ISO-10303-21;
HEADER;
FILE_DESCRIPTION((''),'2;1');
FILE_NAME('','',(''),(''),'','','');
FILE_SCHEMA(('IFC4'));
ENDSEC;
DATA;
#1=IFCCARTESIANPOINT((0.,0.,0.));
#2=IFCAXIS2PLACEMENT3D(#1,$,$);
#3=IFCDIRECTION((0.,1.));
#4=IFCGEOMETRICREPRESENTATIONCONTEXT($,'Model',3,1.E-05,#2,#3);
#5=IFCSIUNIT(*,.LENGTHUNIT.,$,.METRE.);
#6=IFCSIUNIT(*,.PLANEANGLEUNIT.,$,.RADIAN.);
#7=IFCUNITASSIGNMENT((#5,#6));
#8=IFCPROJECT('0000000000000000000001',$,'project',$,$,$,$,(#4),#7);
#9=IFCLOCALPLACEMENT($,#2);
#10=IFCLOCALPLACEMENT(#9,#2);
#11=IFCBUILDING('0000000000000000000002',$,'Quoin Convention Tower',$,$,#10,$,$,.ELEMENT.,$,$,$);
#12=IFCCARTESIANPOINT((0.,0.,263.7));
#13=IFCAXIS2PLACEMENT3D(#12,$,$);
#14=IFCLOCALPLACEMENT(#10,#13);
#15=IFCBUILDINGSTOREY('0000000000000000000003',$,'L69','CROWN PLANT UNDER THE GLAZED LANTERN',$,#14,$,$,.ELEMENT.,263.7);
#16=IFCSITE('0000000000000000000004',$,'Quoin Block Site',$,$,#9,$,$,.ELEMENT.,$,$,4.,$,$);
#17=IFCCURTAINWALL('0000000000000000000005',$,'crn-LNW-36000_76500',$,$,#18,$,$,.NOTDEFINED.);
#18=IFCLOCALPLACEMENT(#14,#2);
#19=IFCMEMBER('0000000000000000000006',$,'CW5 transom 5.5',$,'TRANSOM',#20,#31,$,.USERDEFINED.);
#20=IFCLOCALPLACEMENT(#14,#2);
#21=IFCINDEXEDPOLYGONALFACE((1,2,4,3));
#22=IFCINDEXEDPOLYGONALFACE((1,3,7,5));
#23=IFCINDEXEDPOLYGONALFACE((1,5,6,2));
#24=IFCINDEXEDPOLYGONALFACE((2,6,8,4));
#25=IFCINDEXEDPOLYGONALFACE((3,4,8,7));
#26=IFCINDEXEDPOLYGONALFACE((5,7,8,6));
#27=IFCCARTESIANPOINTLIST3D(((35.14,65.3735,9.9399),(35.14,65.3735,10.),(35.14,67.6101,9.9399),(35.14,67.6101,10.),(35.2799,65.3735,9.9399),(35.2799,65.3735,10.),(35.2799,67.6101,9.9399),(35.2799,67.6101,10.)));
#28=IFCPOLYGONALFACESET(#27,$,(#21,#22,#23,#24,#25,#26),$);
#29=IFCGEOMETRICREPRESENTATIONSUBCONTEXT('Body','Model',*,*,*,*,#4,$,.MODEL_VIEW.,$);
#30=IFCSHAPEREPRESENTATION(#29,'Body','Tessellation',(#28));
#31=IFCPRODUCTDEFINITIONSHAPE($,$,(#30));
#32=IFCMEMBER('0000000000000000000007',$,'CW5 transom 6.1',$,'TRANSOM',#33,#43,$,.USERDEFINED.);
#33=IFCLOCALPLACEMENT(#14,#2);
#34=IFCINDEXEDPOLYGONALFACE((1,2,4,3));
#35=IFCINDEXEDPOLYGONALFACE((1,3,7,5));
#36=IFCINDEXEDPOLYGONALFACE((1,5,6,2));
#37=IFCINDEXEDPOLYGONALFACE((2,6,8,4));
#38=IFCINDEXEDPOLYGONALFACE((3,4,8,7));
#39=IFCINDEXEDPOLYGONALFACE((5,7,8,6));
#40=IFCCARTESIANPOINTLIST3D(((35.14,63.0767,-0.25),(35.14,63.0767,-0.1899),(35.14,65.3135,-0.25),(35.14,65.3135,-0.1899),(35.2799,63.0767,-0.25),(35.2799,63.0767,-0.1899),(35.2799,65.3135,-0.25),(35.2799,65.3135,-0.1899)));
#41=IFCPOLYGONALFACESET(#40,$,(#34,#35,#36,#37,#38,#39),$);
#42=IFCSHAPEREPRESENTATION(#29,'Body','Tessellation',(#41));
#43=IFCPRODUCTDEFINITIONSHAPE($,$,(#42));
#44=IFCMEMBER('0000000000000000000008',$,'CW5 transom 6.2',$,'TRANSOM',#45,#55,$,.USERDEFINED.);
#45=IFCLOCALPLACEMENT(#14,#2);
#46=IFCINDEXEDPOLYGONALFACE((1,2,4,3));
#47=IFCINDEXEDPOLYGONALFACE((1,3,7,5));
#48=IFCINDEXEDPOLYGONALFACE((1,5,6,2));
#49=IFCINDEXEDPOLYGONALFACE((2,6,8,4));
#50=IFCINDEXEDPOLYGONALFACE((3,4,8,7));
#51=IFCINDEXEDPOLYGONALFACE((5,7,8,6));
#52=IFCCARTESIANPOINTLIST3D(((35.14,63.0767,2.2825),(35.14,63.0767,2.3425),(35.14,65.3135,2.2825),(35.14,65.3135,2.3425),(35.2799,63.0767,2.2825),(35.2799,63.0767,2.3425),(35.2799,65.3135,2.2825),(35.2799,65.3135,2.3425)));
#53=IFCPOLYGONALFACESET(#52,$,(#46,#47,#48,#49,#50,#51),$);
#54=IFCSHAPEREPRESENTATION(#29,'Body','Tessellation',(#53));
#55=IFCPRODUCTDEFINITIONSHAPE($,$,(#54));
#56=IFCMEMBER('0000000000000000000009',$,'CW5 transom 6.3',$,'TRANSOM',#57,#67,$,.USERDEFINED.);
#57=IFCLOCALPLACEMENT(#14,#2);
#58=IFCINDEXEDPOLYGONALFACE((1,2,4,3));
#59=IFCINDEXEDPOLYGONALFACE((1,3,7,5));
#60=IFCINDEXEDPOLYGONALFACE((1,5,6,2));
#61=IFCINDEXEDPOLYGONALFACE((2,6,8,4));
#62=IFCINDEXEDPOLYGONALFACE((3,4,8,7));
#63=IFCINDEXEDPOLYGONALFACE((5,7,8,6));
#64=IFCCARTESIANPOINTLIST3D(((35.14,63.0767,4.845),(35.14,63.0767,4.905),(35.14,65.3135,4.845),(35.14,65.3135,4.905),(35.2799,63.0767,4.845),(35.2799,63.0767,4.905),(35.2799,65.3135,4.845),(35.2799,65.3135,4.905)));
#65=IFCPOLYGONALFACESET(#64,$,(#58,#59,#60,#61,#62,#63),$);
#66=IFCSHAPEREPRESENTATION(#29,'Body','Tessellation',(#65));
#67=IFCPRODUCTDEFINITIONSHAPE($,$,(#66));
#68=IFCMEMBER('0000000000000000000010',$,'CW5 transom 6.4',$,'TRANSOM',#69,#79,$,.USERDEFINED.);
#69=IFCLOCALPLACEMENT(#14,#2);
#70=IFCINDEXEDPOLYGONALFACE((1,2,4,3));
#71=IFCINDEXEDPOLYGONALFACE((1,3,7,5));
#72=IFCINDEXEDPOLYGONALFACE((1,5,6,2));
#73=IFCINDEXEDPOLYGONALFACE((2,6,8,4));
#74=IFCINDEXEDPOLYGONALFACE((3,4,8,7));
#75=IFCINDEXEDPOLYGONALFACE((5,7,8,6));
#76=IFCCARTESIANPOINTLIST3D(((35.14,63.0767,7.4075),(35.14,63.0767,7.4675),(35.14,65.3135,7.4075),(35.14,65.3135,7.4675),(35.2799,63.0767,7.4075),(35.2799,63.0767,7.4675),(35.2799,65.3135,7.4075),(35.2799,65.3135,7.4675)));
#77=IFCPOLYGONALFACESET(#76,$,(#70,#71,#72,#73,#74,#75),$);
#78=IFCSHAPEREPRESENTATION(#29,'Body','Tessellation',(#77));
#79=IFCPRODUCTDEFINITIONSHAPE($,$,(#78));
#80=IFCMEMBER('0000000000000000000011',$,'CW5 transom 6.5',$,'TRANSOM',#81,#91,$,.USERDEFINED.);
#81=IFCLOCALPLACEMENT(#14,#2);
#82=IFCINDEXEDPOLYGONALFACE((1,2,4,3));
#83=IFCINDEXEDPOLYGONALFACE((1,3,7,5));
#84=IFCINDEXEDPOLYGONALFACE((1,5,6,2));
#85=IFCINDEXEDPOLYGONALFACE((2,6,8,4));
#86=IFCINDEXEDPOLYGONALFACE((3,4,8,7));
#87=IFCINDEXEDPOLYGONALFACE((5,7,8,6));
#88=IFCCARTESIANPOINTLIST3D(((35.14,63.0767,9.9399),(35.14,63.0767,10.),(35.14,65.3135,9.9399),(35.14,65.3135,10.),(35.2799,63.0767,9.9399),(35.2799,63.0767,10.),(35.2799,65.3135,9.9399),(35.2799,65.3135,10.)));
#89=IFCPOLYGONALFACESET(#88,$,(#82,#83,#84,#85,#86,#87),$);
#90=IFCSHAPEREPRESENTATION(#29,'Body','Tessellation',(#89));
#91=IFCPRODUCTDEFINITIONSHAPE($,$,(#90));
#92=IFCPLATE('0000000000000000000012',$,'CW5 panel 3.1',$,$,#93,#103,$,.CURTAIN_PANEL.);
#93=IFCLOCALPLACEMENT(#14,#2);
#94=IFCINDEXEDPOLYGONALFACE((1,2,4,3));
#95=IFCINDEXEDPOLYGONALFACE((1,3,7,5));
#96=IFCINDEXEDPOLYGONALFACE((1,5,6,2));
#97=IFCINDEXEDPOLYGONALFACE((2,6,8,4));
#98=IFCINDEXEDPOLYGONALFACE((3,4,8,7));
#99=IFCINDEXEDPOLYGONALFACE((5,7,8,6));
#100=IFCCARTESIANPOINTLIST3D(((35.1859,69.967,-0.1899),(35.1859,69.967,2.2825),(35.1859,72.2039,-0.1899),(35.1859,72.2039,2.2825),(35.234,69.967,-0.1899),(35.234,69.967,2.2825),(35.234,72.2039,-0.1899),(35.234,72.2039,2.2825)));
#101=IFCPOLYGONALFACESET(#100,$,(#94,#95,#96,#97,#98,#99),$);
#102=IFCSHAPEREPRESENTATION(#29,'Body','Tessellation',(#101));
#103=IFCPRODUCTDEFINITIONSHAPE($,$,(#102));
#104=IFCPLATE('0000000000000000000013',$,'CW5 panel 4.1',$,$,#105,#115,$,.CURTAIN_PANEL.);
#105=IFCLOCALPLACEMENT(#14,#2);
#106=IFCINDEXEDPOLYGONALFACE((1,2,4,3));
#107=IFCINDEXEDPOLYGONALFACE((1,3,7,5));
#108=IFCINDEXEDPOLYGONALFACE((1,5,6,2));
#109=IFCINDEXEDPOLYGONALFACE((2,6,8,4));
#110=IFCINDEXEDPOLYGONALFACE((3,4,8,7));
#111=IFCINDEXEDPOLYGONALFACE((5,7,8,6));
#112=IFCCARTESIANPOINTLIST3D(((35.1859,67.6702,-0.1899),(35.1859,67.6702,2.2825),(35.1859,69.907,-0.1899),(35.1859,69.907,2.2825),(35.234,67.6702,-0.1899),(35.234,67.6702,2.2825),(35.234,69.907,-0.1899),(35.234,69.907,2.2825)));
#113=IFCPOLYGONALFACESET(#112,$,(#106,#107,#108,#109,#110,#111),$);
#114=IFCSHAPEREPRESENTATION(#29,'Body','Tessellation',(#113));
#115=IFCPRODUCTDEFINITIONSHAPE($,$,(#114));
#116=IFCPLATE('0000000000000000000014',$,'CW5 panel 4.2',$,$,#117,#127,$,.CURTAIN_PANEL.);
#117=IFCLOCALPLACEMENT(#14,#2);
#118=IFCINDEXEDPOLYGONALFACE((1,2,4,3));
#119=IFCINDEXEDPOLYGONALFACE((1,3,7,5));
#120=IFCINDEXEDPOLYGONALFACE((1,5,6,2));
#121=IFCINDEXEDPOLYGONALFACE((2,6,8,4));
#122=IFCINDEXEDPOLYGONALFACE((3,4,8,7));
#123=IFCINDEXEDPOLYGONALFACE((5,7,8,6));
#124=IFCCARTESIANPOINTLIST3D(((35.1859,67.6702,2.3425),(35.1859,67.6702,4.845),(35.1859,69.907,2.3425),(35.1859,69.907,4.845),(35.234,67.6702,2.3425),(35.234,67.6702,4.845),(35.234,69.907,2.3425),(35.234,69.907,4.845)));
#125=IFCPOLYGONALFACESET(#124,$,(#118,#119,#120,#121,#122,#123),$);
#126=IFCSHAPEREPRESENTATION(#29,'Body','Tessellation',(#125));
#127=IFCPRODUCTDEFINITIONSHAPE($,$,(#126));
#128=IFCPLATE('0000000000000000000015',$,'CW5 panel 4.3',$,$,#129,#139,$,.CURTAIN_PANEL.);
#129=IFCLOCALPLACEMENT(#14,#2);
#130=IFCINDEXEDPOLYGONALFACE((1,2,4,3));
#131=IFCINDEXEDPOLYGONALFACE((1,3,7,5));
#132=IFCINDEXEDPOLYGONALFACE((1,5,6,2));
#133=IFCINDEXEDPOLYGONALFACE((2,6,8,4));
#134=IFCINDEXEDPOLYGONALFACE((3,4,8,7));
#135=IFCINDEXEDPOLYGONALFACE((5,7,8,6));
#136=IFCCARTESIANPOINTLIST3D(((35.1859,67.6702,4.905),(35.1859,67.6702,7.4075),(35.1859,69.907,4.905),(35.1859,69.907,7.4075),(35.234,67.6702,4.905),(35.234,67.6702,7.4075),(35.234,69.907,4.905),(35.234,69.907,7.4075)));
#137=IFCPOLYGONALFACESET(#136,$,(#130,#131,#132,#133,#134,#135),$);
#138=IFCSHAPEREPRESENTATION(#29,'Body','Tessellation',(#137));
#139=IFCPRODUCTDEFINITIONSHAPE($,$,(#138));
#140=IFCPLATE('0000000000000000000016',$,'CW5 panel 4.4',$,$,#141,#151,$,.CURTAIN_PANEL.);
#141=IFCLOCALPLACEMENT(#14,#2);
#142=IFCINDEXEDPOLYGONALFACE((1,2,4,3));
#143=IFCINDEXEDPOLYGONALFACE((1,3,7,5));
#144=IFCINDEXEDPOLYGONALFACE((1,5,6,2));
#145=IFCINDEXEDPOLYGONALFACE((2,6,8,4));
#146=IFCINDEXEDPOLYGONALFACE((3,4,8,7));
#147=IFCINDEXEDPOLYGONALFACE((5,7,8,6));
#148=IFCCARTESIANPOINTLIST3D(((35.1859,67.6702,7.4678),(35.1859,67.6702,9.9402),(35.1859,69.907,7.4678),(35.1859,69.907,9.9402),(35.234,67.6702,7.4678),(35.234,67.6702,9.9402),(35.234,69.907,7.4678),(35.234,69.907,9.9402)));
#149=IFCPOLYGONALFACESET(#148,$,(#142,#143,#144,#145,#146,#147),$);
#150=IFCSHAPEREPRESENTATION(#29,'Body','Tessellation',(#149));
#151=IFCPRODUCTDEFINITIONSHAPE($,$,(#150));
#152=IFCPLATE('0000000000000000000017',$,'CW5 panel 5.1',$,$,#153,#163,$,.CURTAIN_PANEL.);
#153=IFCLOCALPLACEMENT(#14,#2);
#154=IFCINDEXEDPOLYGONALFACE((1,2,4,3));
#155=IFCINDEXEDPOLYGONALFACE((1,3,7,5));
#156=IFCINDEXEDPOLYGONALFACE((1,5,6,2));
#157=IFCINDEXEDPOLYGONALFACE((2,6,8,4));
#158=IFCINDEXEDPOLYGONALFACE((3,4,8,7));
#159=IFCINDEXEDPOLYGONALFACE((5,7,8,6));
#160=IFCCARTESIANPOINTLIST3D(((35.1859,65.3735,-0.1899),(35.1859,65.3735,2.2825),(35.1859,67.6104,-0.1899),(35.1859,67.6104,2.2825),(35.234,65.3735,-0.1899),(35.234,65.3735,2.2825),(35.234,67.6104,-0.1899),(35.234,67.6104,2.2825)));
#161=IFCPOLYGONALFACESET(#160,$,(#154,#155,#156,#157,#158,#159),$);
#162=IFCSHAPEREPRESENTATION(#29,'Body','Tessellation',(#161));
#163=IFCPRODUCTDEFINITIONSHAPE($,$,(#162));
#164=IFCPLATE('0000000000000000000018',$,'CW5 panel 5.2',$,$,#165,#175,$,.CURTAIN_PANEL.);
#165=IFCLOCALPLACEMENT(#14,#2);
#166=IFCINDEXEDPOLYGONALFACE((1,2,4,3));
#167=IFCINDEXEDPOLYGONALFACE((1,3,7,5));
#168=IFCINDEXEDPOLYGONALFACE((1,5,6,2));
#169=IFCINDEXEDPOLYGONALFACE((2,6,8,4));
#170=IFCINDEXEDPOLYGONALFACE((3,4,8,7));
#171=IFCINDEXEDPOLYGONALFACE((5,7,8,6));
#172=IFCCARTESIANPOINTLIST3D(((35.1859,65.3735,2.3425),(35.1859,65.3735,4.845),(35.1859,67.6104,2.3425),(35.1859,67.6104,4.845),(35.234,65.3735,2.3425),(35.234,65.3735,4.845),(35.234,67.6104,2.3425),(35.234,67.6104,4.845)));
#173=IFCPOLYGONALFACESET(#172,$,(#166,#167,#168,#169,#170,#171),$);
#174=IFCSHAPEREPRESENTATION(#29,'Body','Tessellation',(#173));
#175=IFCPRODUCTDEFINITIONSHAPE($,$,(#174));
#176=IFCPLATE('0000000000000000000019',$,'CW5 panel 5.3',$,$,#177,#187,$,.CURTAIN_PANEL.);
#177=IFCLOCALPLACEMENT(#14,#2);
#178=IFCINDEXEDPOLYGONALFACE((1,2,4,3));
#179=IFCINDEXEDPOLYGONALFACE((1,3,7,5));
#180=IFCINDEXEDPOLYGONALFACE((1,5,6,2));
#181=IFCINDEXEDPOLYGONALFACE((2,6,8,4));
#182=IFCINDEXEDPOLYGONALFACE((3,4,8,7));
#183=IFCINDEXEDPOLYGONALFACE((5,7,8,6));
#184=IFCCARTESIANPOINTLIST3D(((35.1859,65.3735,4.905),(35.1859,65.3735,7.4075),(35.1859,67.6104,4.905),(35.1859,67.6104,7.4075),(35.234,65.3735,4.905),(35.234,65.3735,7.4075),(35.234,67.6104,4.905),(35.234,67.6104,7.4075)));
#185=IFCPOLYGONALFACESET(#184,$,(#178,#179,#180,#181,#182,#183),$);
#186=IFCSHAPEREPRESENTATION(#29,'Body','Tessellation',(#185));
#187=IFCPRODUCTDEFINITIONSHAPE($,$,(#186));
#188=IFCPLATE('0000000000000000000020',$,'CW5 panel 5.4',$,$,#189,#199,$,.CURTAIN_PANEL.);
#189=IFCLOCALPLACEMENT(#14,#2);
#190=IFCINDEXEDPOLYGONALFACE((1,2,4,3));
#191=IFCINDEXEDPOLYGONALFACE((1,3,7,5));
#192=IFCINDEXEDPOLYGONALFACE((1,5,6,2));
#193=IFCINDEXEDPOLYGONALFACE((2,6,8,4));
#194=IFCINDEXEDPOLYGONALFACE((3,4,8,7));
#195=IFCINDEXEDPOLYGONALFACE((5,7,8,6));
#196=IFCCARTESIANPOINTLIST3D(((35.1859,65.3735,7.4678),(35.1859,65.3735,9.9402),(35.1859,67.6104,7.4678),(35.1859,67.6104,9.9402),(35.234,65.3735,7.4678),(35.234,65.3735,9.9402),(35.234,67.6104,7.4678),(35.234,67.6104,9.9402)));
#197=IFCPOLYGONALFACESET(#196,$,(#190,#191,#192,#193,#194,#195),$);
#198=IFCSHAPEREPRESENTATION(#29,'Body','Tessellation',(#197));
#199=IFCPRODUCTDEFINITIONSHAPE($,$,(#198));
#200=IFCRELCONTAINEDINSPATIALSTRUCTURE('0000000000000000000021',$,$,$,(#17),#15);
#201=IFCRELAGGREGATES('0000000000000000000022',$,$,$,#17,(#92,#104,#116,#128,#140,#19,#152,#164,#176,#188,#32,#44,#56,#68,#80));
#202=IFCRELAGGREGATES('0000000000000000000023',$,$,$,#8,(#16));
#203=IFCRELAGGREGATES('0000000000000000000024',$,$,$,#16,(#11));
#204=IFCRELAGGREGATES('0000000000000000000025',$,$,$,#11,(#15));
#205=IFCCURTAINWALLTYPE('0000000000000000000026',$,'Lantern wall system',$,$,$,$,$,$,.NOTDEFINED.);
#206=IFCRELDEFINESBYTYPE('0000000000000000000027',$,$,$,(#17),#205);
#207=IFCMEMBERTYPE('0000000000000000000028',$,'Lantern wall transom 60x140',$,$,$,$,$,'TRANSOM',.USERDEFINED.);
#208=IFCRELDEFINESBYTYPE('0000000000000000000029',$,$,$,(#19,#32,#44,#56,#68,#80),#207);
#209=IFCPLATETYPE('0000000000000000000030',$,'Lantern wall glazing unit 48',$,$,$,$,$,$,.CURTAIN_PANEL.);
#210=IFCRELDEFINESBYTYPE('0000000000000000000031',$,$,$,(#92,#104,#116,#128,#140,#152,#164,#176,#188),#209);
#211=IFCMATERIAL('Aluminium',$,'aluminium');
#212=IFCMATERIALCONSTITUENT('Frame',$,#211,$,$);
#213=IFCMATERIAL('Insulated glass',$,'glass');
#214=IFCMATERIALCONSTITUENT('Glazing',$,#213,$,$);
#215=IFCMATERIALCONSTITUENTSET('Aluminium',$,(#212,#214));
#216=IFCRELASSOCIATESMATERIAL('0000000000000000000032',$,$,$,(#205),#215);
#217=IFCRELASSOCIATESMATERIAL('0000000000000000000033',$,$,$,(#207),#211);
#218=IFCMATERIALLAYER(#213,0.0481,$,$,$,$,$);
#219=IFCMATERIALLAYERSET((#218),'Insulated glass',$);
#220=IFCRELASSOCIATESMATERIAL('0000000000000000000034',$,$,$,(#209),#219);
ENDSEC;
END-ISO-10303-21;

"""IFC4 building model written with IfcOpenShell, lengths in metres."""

from ifc_helpers import new_model, si_unit, direction, frame, origin, origin_2d, place, context, subcontext, project, spatial, rectangle, extrude, material, layer, layer_set, constituent, constituent_set, material_profile, profile_set, type_object, element, aggregate, save


model = new_model("IFC4")

# Units and contexts
model_context = context("Model", 3, precision=1e-05, world=origin(), true_north=direction((0.0, 1.0)))
body_context = subcontext(model_context, "Body", "Model", "MODEL_VIEW")
ifc_project = project(units=[si_unit("LENGTHUNIT", "METRE"), si_unit("PLANEANGLEUNIT", "RADIAN")], contexts=[model_context])

# Site, building, storey
site_placement = place(None, origin())
site = spatial("IfcSite", under=ifc_project, at=site_placement, Name="Quoin Block Site", CompositionType="ELEMENT", RefElevation=4.0)
building_placement = place(site_placement, origin())
building = spatial("IfcBuilding", under=site, at=building_placement, Name="Quoin Convention Tower", CompositionType="ELEMENT")
storey_placement = place(building_placement, frame((0.0, 0.0, 263.7)))
storey = spatial("IfcBuildingStorey", under=building, at=storey_placement, Name="L69", Description="CROWN PLANT UNDER THE GLAZED LANTERN", CompositionType="ELEMENT", Elevation=263.7)

# Curtain wall, members, plates
ifc_material_1 = material(Name="Aluminium", Category="aluminium")
ifc_constituent_1 = constituent(ifc_material_1, Name="Frame")
ifc_material_2 = material(Name="Insulated glass", Category="glass")
ifc_constituent_2 = constituent(ifc_material_2, Name="Glazing")
ifc_constituent_set = constituent_set(constituents=[ifc_constituent_1, ifc_constituent_2], Name="Aluminium")
curtain_wall_type = type_object("IfcCurtainWallType", Name="Lantern wall system", PredefinedType="NOTDEFINED", material=ifc_constituent_set)
curtain_wall_placement = place(storey_placement, origin())
curtain_wall = element("IfcCurtainWall", 1, at=curtain_wall_placement, inside=storey, type_object=curtain_wall_type, Name="crn-LNW-36000_76500", PredefinedType="NOTDEFINED")
ifc_material_profile_1 = material_profile(ifc_material_1, rectangle(XDim=0.1399, YDim=0.0601, at=origin_2d()), Name="Lantern wall transom 60x140")
ifc_profile_set_1 = profile_set([ifc_material_profile_1], Name="Aluminium")
member_type_1 = type_object("IfcMemberType", Name="Lantern wall transom 60x140", ElementType="TRANSOM", PredefinedType="USERDEFINED", material=ifc_profile_set_1)
member_1_placement = place(storey_placement, frame((35.21, 67.6101, 9.97), z_axis=(0.0, -1.0, 0.0), x_axis=(1.0, 0.0, 0.0)))
member_1 = element("IfcMember", 2, at=member_1_placement, type_object=member_type_1, Name="CW5 transom 5.5", ObjectType="TRANSOM", PredefinedType="USERDEFINED", context=body_context, shape_type="SweptSolid", body=[
    extrude(rectangle(XDim=0.1399, YDim=0.0601, at=origin_2d()), origin(), (0.0, 0.0, 1.0), 2.2366),
])
member_2_placement = place(storey_placement, frame((35.21, 65.3135, -0.22), z_axis=(0.0, -1.0, 0.0), x_axis=(1.0, 0.0, 0.0)))
member_2 = element("IfcMember", 3, at=member_2_placement, type_object=member_type_1, Name="CW5 transom 6.1", ObjectType="TRANSOM", PredefinedType="USERDEFINED", context=body_context, shape_type="SweptSolid", body=[
    extrude(rectangle(XDim=0.1399, YDim=0.0601, at=origin_2d()), origin(), (0.0, 0.0, 1.0), 2.2368),
])
member_3_placement = place(storey_placement, frame((35.21, 65.3135, 2.3125), z_axis=(0.0, -1.0, 0.0), x_axis=(1.0, 0.0, 0.0)))
member_3 = element("IfcMember", 4, at=member_3_placement, type_object=member_type_1, Name="CW5 transom 6.2", ObjectType="TRANSOM", PredefinedType="USERDEFINED", context=body_context, shape_type="SweptSolid", body=[
    extrude(rectangle(XDim=0.1399, YDim=0.0601, at=origin_2d()), origin(), (0.0, 0.0, 1.0), 2.2368),
])
member_4_placement = place(storey_placement, frame((35.21, 65.3135, 4.875), z_axis=(0.0, -1.0, 0.0), x_axis=(1.0, 0.0, 0.0)))
member_4 = element("IfcMember", 5, at=member_4_placement, type_object=member_type_1, Name="CW5 transom 6.3", ObjectType="TRANSOM", PredefinedType="USERDEFINED", context=body_context, shape_type="SweptSolid", body=[
    extrude(rectangle(XDim=0.1399, YDim=0.0601, at=origin_2d()), origin(), (0.0, 0.0, 1.0), 2.2368),
])
member_5_placement = place(storey_placement, frame((35.21, 65.3135, 7.4375), z_axis=(0.0, -1.0, 0.0), x_axis=(1.0, 0.0, 0.0)))
member_5 = element("IfcMember", 6, at=member_5_placement, type_object=member_type_1, Name="CW5 transom 6.4", ObjectType="TRANSOM", PredefinedType="USERDEFINED", context=body_context, shape_type="SweptSolid", body=[
    extrude(rectangle(XDim=0.1399, YDim=0.0601, at=origin_2d()), origin(), (0.0, 0.0, 1.0), 2.2368),
])
member_6_placement = place(storey_placement, frame((35.21, 65.3135, 9.97), z_axis=(0.0, -1.0, 0.0), x_axis=(1.0, 0.0, 0.0)))
member_6 = element("IfcMember", 7, at=member_6_placement, type_object=member_type_1, Name="CW5 transom 6.5", ObjectType="TRANSOM", PredefinedType="USERDEFINED", context=body_context, shape_type="SweptSolid", body=[
    extrude(rectangle(XDim=0.1399, YDim=0.0601, at=origin_2d()), origin(), (0.0, 0.0, 1.0), 2.2368),
])
ifc_layer = layer(ifc_material_2, 0.0481)
ifc_layer_set = layer_set([ifc_layer], Name="Insulated glass")
plate_type = type_object("IfcPlateType", Name="Lantern wall glazing unit 48", PredefinedType="CURTAIN_PANEL", material=ifc_layer_set)
plate_1_placement = place(storey_placement, frame((35.21, 71.0854, -0.1899), z_axis=(0.0, 0.0, 1.0), x_axis=(0.0, -1.0, 0.0)))
plate_1 = element("IfcPlate", 8, at=plate_1_placement, type_object=plate_type, Name="CW5 panel 3.1", PredefinedType="CURTAIN_PANEL", context=body_context, shape_type="SweptSolid", body=[
    extrude(rectangle(XDim=2.2368, YDim=0.0481, at=origin_2d()), origin(), (0.0, 0.0, 1.0), 2.4724),
])
plate_2_placement = place(storey_placement, frame((35.21, 68.7886, -0.1899), z_axis=(0.0, 0.0, 1.0), x_axis=(0.0, -1.0, 0.0)))
plate_2 = element("IfcPlate", 9, at=plate_2_placement, type_object=plate_type, Name="CW5 panel 4.1", PredefinedType="CURTAIN_PANEL", context=body_context, shape_type="SweptSolid", body=[
    extrude(rectangle(XDim=2.2368, YDim=0.0481, at=origin_2d()), origin(), (0.0, 0.0, 1.0), 2.4724),
])
plate_3_placement = place(storey_placement, frame((35.21, 68.7886, 2.3425), z_axis=(0.0, 0.0, 1.0), x_axis=(0.0, -1.0, 0.0)))
plate_3 = element("IfcPlate", 10, at=plate_3_placement, type_object=plate_type, Name="CW5 panel 4.2", PredefinedType="CURTAIN_PANEL", context=body_context, shape_type="SweptSolid", body=[
    extrude(rectangle(XDim=2.2368, YDim=0.0481, at=origin_2d()), origin(), (0.0, 0.0, 1.0), 2.5024),
])
plate_4_placement = place(storey_placement, frame((35.21, 68.7886, 4.905), z_axis=(0.0, 0.0, 1.0), x_axis=(0.0, -1.0, 0.0)))
plate_4 = element("IfcPlate", 11, at=plate_4_placement, type_object=plate_type, Name="CW5 panel 4.3", PredefinedType="CURTAIN_PANEL", context=body_context, shape_type="SweptSolid", body=[
    extrude(rectangle(XDim=2.2368, YDim=0.0481, at=origin_2d()), origin(), (0.0, 0.0, 1.0), 2.5024),
])
plate_5_placement = place(storey_placement, frame((35.21, 68.7886, 7.4678), z_axis=(0.0, 0.0, 1.0), x_axis=(0.0, -1.0, 0.0)))
plate_5 = element("IfcPlate", 12, at=plate_5_placement, type_object=plate_type, Name="CW5 panel 4.4", PredefinedType="CURTAIN_PANEL", context=body_context, shape_type="SweptSolid", body=[
    extrude(rectangle(XDim=2.2368, YDim=0.0481, at=origin_2d()), origin(), (0.0, 0.0, 1.0), 2.4724),
])
plate_6_placement = place(storey_placement, frame((35.21, 66.4919, -0.1899), z_axis=(0.0, 0.0, 1.0), x_axis=(0.0, -1.0, 0.0)))
plate_6 = element("IfcPlate", 13, at=plate_6_placement, type_object=plate_type, Name="CW5 panel 5.1", PredefinedType="CURTAIN_PANEL", context=body_context, shape_type="SweptSolid", body=[
    extrude(rectangle(XDim=2.2368, YDim=0.0481, at=origin_2d()), origin(), (0.0, 0.0, 1.0), 2.4724),
])
plate_7_placement = place(storey_placement, frame((35.21, 66.4919, 2.3425), z_axis=(0.0, 0.0, 1.0), x_axis=(0.0, -1.0, 0.0)))
plate_7 = element("IfcPlate", 14, at=plate_7_placement, type_object=plate_type, Name="CW5 panel 5.2", PredefinedType="CURTAIN_PANEL", context=body_context, shape_type="SweptSolid", body=[
    extrude(rectangle(XDim=2.2368, YDim=0.0481, at=origin_2d()), origin(), (0.0, 0.0, 1.0), 2.5024),
])
plate_8_placement = place(storey_placement, frame((35.21, 66.4919, 4.905), z_axis=(0.0, 0.0, 1.0), x_axis=(0.0, -1.0, 0.0)))
plate_8 = element("IfcPlate", 15, at=plate_8_placement, type_object=plate_type, Name="CW5 panel 5.3", PredefinedType="CURTAIN_PANEL", context=body_context, shape_type="SweptSolid", body=[
    extrude(rectangle(XDim=2.2368, YDim=0.0481, at=origin_2d()), origin(), (0.0, 0.0, 1.0), 2.5024),
])
plate_9_placement = place(storey_placement, frame((35.21, 66.4919, 7.4678), z_axis=(0.0, 0.0, 1.0), x_axis=(0.0, -1.0, 0.0)))
plate_9 = element("IfcPlate", 16, at=plate_9_placement, type_object=plate_type, Name="CW5 panel 5.4", PredefinedType="CURTAIN_PANEL", context=body_context, shape_type="SweptSolid", body=[
    extrude(rectangle(XDim=2.2368, YDim=0.0481, at=origin_2d()), origin(), (0.0, 0.0, 1.0), 2.4724),
])
aggregate(curtain_wall, [plate_1, plate_2, plate_3, plate_4, plate_5, member_1, plate_6, plate_7, plate_8, plate_9, member_2, member_3, member_4, member_5, member_6])

save(model, "model.ifc")
